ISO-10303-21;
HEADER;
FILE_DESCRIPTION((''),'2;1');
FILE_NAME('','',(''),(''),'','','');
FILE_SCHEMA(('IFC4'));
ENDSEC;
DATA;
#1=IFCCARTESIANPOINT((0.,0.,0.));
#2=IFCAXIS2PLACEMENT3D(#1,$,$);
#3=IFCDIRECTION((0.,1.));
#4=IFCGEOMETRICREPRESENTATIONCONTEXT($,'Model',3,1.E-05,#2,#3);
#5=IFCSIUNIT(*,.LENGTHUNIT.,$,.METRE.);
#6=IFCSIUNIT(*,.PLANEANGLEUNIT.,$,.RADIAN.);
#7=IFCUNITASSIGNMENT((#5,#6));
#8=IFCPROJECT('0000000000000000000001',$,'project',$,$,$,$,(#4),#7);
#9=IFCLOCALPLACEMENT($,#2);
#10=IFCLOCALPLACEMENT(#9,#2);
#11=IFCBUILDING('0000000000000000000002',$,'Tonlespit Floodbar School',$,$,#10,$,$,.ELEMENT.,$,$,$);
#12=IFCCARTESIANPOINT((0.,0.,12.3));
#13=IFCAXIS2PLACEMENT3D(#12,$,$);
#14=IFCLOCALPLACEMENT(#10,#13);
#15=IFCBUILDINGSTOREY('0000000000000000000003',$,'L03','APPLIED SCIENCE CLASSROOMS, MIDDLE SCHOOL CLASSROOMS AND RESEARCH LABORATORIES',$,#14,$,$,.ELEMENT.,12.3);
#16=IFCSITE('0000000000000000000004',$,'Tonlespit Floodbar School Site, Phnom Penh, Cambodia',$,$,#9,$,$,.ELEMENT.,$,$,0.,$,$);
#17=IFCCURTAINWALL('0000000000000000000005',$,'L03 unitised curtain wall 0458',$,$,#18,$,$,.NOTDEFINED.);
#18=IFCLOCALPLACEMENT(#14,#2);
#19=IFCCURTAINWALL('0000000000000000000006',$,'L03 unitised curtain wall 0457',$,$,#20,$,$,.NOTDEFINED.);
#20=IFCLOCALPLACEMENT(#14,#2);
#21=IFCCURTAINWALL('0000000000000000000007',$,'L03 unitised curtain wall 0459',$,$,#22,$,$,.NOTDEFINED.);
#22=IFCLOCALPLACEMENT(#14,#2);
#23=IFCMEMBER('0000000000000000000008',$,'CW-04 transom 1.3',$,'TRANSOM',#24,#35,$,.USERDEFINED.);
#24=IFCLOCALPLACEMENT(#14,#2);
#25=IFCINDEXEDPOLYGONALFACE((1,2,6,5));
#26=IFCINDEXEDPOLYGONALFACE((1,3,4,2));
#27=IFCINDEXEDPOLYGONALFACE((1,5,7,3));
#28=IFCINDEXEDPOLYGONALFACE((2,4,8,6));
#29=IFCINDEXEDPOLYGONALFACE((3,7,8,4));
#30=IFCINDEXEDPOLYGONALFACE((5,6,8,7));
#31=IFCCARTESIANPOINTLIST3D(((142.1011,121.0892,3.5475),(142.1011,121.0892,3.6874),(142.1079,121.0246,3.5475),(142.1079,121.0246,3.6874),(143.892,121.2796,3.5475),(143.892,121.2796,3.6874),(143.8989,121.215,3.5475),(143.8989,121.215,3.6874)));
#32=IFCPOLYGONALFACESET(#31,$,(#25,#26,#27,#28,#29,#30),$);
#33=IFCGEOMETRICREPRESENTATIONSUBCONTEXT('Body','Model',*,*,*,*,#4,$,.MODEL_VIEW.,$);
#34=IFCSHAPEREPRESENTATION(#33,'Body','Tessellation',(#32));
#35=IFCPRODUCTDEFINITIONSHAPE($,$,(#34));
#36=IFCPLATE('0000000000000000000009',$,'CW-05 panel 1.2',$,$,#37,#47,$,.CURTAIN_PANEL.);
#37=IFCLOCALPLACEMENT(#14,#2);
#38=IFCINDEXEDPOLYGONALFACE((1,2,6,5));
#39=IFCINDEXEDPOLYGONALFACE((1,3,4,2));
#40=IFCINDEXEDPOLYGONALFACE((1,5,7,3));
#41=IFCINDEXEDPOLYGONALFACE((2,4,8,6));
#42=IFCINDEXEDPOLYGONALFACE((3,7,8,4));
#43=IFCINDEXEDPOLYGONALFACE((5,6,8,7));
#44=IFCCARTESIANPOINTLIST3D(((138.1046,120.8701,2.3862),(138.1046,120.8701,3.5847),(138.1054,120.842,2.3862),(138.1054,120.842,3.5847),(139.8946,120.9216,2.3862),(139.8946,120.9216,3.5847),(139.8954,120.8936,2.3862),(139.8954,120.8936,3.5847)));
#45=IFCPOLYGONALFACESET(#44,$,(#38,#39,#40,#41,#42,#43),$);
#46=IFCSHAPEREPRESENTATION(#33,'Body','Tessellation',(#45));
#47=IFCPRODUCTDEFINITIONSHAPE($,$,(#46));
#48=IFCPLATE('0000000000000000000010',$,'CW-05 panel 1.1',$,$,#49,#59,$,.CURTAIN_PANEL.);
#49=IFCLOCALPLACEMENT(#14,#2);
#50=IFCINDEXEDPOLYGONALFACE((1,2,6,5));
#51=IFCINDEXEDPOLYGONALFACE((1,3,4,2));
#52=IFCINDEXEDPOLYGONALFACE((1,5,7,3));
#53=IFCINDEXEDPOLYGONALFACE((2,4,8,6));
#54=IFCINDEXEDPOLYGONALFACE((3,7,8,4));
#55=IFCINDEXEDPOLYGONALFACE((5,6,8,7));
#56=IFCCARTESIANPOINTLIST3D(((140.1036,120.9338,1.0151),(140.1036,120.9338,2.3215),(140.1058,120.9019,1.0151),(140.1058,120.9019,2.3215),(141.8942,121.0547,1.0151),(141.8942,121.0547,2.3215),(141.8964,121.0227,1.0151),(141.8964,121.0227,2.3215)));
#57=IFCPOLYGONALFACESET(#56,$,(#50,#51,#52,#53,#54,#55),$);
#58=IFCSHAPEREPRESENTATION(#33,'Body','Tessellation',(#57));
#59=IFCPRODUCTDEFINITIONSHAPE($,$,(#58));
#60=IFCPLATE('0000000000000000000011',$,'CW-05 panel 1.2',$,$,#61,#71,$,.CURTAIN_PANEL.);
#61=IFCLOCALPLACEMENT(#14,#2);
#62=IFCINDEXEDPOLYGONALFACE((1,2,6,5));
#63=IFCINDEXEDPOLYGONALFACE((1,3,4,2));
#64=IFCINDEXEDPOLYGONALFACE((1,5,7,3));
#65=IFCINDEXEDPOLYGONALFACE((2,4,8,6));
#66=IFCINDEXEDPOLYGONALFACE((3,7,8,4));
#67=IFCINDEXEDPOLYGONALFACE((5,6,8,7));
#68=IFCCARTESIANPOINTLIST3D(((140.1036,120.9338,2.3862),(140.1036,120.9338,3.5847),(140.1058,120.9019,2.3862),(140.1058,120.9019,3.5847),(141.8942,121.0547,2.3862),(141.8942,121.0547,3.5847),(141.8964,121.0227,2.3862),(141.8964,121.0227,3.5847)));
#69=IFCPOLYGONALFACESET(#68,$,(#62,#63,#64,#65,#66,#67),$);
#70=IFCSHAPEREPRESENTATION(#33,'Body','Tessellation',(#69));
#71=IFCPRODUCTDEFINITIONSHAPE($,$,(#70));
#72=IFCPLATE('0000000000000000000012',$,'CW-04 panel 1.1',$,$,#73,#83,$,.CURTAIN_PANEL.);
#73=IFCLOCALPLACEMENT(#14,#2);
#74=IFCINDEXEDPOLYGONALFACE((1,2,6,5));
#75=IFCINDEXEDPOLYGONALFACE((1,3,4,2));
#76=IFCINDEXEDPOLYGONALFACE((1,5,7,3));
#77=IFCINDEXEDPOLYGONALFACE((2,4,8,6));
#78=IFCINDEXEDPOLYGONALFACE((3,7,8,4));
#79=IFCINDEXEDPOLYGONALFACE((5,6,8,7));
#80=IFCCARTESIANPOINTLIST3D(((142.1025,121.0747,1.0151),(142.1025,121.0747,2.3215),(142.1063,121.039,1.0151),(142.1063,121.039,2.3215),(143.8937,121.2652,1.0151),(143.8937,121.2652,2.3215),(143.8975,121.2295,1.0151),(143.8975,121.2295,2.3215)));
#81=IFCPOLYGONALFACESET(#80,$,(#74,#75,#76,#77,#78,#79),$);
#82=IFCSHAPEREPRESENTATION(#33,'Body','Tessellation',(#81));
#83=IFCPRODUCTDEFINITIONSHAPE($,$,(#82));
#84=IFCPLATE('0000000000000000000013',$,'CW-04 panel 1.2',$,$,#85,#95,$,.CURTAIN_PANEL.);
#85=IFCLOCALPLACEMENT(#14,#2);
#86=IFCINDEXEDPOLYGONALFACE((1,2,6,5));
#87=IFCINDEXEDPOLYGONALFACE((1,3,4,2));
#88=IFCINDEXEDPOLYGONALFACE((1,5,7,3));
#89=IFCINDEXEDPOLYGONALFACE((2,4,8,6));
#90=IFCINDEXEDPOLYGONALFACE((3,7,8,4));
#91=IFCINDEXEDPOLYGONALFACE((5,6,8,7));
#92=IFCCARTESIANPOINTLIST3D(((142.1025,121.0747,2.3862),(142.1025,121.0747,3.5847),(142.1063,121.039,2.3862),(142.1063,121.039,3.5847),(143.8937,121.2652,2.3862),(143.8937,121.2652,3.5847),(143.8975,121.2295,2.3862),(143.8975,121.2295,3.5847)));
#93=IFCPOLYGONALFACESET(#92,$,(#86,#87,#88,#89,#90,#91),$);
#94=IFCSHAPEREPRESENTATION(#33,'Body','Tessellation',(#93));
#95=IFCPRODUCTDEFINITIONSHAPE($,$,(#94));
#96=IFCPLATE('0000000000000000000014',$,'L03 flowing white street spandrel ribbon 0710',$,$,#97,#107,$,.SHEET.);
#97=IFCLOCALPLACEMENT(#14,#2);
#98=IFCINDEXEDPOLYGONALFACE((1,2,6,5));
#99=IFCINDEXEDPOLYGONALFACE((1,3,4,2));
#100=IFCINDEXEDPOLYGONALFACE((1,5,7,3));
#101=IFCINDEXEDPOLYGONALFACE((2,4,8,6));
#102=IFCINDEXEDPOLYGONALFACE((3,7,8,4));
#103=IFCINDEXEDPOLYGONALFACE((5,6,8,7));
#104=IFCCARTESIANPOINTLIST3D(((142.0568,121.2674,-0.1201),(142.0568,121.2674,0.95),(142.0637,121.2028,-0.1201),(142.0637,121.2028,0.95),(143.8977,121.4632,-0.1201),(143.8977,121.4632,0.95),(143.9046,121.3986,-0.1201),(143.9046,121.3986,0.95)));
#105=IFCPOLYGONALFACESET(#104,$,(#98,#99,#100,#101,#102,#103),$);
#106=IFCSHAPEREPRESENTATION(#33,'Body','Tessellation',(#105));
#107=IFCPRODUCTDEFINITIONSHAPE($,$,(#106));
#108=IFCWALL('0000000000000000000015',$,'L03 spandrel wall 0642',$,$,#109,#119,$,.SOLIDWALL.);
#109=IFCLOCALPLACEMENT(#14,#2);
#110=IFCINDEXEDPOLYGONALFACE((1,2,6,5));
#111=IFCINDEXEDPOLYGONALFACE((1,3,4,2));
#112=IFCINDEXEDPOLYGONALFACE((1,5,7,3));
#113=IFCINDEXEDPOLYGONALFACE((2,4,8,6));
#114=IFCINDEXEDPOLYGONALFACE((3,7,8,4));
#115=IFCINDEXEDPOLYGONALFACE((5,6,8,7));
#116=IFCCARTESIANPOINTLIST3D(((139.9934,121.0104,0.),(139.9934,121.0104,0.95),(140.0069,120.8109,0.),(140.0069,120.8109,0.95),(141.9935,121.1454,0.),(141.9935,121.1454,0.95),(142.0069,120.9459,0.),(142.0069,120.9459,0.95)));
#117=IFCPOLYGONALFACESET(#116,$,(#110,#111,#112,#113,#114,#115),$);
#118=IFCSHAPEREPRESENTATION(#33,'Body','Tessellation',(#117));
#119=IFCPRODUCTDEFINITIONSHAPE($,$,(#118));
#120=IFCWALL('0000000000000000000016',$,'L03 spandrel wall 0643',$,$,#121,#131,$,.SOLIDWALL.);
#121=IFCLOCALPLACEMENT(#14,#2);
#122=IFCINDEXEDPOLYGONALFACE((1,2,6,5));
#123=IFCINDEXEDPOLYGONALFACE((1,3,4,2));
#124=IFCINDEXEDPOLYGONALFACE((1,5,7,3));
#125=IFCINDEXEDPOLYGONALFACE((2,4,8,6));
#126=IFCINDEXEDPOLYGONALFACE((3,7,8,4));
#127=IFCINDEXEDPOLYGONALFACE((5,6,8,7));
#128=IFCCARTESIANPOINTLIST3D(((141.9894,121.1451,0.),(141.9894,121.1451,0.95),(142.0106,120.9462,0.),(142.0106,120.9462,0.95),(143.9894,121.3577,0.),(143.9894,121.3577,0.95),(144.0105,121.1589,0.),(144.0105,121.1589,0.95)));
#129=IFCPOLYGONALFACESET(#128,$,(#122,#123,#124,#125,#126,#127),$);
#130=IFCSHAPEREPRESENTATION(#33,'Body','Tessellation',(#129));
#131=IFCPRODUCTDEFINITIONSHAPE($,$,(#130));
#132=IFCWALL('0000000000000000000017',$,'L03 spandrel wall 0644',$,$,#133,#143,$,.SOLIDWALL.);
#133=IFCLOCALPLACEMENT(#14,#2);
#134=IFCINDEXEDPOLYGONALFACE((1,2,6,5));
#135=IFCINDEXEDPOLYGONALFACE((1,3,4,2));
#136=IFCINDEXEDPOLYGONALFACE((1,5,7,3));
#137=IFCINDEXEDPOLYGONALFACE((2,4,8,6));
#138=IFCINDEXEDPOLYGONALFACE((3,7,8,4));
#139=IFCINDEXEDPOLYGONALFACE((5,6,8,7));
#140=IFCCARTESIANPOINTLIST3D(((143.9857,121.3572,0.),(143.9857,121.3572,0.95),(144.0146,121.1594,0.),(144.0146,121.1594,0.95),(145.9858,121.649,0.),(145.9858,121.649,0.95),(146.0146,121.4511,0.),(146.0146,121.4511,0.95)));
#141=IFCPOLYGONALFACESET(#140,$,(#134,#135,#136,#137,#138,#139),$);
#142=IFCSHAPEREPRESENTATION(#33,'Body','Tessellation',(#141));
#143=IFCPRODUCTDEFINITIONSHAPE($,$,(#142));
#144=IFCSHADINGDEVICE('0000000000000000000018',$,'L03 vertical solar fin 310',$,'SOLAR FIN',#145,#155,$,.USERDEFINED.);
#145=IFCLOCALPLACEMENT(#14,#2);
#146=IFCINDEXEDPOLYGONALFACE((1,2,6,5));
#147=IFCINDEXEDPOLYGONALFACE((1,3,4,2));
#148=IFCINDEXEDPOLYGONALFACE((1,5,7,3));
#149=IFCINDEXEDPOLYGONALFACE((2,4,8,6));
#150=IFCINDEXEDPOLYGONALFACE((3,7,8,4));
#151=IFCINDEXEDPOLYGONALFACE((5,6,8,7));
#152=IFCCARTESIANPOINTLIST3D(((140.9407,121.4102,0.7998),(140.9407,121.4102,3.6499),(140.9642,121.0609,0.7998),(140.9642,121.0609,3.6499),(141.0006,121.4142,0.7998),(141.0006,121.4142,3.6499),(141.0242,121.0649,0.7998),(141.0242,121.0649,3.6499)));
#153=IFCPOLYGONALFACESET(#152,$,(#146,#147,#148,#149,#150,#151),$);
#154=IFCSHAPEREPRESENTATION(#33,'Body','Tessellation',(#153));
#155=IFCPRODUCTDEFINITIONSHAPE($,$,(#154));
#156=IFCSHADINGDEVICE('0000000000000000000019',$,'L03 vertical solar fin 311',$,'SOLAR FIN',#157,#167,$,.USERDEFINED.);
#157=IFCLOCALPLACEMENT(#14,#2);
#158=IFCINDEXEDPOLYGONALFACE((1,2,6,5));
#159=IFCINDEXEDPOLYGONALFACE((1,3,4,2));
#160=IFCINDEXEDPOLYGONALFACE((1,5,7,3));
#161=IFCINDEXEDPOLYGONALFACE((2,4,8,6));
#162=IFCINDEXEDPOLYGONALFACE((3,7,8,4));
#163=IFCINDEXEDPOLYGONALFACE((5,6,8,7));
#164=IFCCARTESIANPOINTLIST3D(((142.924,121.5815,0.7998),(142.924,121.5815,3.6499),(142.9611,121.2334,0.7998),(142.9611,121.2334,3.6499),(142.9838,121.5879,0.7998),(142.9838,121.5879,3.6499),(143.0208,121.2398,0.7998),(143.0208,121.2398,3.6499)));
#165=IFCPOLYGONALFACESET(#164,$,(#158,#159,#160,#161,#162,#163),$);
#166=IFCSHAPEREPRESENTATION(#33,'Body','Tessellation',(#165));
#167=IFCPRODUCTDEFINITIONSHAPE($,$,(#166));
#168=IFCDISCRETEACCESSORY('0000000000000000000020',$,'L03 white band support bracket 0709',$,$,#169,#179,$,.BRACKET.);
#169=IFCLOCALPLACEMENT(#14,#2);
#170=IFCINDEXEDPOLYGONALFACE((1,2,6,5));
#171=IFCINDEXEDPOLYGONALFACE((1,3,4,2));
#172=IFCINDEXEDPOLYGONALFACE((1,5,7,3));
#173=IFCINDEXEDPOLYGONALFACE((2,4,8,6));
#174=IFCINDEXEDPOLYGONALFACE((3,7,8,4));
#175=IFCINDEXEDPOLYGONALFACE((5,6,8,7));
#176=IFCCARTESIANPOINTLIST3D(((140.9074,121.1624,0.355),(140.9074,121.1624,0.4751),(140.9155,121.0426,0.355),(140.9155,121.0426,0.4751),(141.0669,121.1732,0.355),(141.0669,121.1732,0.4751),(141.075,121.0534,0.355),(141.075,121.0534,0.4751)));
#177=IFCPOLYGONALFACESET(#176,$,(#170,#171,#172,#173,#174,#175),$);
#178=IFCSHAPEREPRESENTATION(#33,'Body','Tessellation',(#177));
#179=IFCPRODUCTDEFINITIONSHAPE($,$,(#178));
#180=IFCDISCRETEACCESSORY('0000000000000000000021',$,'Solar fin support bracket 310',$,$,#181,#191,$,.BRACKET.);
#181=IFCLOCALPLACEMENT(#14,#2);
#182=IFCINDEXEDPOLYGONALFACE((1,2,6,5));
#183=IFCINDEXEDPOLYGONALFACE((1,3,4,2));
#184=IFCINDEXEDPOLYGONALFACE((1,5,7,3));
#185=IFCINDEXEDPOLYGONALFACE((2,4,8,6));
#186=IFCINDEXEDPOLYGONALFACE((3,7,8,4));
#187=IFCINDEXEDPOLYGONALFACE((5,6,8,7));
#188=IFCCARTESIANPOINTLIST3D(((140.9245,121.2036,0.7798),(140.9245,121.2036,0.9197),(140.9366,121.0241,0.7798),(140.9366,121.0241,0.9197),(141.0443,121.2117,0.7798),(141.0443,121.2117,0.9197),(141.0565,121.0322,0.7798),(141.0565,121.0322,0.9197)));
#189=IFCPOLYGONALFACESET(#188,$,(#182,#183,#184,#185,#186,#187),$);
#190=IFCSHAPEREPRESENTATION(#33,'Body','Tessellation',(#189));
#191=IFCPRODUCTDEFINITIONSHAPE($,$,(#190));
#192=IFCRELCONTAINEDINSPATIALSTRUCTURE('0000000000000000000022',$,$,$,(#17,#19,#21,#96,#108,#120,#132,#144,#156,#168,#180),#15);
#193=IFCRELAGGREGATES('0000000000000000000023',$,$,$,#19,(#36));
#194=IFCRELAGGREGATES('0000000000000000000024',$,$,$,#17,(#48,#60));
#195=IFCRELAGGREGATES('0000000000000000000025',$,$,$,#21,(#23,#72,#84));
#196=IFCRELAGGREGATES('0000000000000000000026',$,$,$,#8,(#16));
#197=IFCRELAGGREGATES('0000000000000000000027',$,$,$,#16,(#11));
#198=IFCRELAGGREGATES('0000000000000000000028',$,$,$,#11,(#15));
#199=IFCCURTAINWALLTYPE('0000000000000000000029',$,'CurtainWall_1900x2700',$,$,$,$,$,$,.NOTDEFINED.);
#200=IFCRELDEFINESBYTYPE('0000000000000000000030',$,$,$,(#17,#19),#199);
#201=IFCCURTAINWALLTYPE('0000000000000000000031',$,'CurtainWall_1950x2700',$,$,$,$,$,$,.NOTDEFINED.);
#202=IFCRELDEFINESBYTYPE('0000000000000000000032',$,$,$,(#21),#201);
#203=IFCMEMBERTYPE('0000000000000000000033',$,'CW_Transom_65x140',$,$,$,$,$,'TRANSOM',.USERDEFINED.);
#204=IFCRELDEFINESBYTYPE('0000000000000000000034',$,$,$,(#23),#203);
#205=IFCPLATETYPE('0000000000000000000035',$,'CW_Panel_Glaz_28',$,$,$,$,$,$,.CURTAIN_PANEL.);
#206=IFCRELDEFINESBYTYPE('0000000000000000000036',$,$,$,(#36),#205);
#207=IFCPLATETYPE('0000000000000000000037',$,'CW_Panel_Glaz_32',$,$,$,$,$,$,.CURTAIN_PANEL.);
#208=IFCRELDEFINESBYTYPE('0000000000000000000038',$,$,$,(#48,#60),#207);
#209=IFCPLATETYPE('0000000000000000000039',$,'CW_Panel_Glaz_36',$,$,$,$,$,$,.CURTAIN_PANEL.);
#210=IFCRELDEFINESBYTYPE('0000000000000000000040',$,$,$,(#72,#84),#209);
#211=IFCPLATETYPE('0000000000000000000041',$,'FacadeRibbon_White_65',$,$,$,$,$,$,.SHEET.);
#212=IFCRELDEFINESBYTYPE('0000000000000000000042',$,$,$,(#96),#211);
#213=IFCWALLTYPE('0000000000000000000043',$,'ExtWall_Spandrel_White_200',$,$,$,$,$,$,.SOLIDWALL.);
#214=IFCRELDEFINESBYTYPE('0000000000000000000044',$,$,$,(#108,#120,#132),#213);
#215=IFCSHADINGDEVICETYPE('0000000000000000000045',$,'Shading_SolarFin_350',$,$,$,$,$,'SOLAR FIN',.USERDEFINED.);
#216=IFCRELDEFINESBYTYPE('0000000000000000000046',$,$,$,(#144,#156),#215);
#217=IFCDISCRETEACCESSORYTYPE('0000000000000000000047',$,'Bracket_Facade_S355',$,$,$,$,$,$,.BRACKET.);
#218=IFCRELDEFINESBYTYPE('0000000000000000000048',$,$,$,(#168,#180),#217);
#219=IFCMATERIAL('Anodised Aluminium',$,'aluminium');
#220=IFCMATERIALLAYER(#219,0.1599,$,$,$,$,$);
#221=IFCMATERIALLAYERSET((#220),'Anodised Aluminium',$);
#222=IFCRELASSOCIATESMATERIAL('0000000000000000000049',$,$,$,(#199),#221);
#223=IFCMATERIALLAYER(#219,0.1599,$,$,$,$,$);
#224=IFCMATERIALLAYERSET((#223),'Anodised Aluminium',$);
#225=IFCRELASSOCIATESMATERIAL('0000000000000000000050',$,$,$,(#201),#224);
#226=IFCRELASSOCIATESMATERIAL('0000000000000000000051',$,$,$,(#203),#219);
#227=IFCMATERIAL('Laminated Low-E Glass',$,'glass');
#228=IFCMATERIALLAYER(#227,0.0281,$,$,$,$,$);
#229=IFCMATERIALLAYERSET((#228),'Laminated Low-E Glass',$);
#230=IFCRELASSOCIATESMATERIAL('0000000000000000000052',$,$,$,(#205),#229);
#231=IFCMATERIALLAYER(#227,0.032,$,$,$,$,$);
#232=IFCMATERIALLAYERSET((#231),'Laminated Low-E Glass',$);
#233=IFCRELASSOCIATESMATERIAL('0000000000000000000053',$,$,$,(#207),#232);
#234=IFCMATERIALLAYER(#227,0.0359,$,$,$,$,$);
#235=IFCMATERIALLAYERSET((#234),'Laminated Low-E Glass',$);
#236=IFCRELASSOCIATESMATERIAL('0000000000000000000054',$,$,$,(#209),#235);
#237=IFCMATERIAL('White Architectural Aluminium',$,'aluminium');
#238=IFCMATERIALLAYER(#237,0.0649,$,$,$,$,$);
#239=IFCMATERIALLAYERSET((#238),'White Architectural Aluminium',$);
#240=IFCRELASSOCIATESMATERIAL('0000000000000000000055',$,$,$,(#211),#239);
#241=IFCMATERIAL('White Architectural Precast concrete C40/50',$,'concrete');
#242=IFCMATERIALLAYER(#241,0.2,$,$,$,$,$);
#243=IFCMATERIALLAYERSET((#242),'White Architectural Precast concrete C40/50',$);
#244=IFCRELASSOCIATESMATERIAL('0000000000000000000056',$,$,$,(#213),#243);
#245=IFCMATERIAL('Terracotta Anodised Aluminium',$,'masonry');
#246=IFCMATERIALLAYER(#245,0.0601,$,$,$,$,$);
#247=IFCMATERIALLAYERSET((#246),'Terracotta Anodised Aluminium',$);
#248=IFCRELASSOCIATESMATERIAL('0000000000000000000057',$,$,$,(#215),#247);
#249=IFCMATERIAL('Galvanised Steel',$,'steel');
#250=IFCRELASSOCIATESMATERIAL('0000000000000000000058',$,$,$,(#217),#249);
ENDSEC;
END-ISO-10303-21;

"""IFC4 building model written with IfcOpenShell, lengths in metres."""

from ifc_helpers import new_model, si_unit, direction, frame, frame_2d, origin, origin_2d, place, context, subcontext, project, spatial, rectangle, extrude, material, layer, layer_set, material_profile, profile_set, type_object, element, aggregate, save


model = new_model("IFC4")

# Units and contexts
model_context = context("Model", 3, precision=1e-05, world=origin(), true_north=direction((0.0, 1.0)))
body_context = subcontext(model_context, "Body", "Model", "MODEL_VIEW")
ifc_project = project(units=[si_unit("LENGTHUNIT", "METRE"), si_unit("PLANEANGLEUNIT", "RADIAN")], contexts=[model_context])

# Site, building, storey
site_placement = place(None, origin())
site = spatial("IfcSite", under=ifc_project, at=site_placement, Name="Tonlespit Floodbar School Site, Phnom Penh, Cambodia", CompositionType="ELEMENT", RefElevation=0.0)
building_placement = place(site_placement, origin())
building = spatial("IfcBuilding", under=site, at=building_placement, Name="Tonlespit Floodbar School", CompositionType="ELEMENT")
storey_placement = place(building_placement, frame((0.0, 0.0, 12.3)))
storey = spatial("IfcBuildingStorey", under=building, at=storey_placement, Name="L03", Description="APPLIED SCIENCE CLASSROOMS, MIDDLE SCHOOL CLASSROOMS AND RESEARCH LABORATORIES", CompositionType="ELEMENT", Elevation=12.3)

# Curtain wall
ifc_material_1 = material(Name="Anodised Aluminium", Category="aluminium")
ifc_layer_1 = layer(ifc_material_1, 0.1599)
ifc_layer_set_1 = layer_set([ifc_layer_1], Name="Anodised Aluminium")
curtain_wall_type_1 = type_object("IfcCurtainWallType", Name="CurtainWall_1900x2700", PredefinedType="NOTDEFINED", material=ifc_layer_set_1)
curtain_wall_1_placement = place(storey_placement, origin())
curtain_wall_1 = element("IfcCurtainWall", 1, at=curtain_wall_1_placement, inside=storey, type_object=curtain_wall_type_1, Name="L03 unitised curtain wall 0458", PredefinedType="NOTDEFINED")

# Curtain wall
ifc_layer_2 = layer(ifc_material_1, 0.1599)
ifc_layer_set_2 = layer_set([ifc_layer_2], Name="Anodised Aluminium")
curtain_wall_type_2 = type_object("IfcCurtainWallType", Name="CurtainWall_1950x2700", PredefinedType="NOTDEFINED", material=ifc_layer_set_2)
curtain_wall_2_placement = place(storey_placement, origin())
curtain_wall_2 = element("IfcCurtainWall", 2, at=curtain_wall_2_placement, inside=storey, type_object=curtain_wall_type_1, Name="L03 unitised curtain wall 0457", PredefinedType="NOTDEFINED")

# Curtain wall
curtain_wall_3_placement = place(storey_placement, origin())
curtain_wall_3 = element("IfcCurtainWall", 3, at=curtain_wall_3_placement, inside=storey, type_object=curtain_wall_type_2, Name="L03 unitised curtain wall 0459", PredefinedType="NOTDEFINED")

# Member
ifc_material_profile_1 = material_profile(ifc_material_1, rectangle(XDim=0.0649, YDim=0.1399, at=origin_2d()), Name="ALU T65x140")
ifc_profile_set_1 = profile_set([ifc_material_profile_1], Name="Anodised Aluminium")
member_type_1 = type_object("IfcMemberType", Name="CW_Transom_65x140", ElementType="TRANSOM", PredefinedType="USERDEFINED", material=ifc_profile_set_1)
member_1_placement = place(storey_placement, frame((142.1045, 121.0569, 3.6174), z_axis=(0.994395, 0.105729, 0.0), x_axis=(-0.105729, 0.994395, 0.0)))
member_1 = element("IfcMember", 4, at=member_1_placement, type_object=member_type_1, Name="CW-04 transom 1.3", ObjectType="TRANSOM", PredefinedType="USERDEFINED", context=body_context, shape_type="SweptSolid", body=[
    extrude(rectangle(XDim=0.0649, YDim=0.1399, at=origin_2d()), origin(), (0.0, 0.0, 1.0), 1.801),
])

# Plates
ifc_material_2 = material(Name="Laminated Low-E Glass", Category="glass")
ifc_layer_3 = layer(ifc_material_2, 0.0281)
ifc_layer_set_3 = layer_set([ifc_layer_3], Name="Laminated Low-E Glass")
plate_type_1 = type_object("IfcPlateType", Name="CW_Panel_Glaz_28", PredefinedType="CURTAIN_PANEL", material=ifc_layer_set_3)
plate_1_placement = place(storey_placement, frame((139.0, 120.8818, 2.3862), z_axis=(0.0, 0.0, 1.0), x_axis=(0.999585, 0.02879, 0.0)))
plate_1 = element("IfcPlate", 5, at=plate_1_placement, type_object=plate_type_1, Name="CW-05 panel 1.2", PredefinedType="CURTAIN_PANEL", context=body_context, shape_type="SweptSolid", body=[
    extrude(rectangle(XDim=1.7908, YDim=0.0281, at=origin_2d()), origin(), (0.0, 0.0, 1.0), 1.1985),
])
aggregate(curtain_wall_2, [plate_1])
ifc_layer_4 = layer(ifc_material_2, 0.032)
ifc_layer_set_4 = layer_set([ifc_layer_4], Name="Laminated Low-E Glass")
plate_type_2 = type_object("IfcPlateType", Name="CW_Panel_Glaz_32", PredefinedType="CURTAIN_PANEL", material=ifc_layer_set_4)
plate_2_placement = place(storey_placement, frame((141.0, 120.9783, 1.0151), z_axis=(0.0, 0.0, 1.0), x_axis=(0.99773, 0.06734, 0.0)))
plate_2 = element("IfcPlate", 6, at=plate_2_placement, type_object=plate_type_2, Name="CW-05 panel 1.1", PredefinedType="CURTAIN_PANEL", context=body_context, shape_type="SweptSolid", body=[
    extrude(rectangle(XDim=1.7947, YDim=0.032, at=origin_2d()), origin(), (0.0, 0.0, 1.0), 1.3064),
])
plate_3_placement = place(storey_placement, frame((141.0, 120.9783, 2.3862), z_axis=(0.0, 0.0, 1.0), x_axis=(0.99773, 0.06734, 0.0)))
plate_3 = element("IfcPlate", 7, at=plate_3_placement, type_object=plate_type_2, Name="CW-05 panel 1.2", PredefinedType="CURTAIN_PANEL", context=body_context, shape_type="SweptSolid", body=[
    extrude(rectangle(XDim=1.7947, YDim=0.032, at=origin_2d()), origin(), (0.0, 0.0, 1.0), 1.1985),
])
aggregate(curtain_wall_1, [plate_2, plate_3])
ifc_layer_5 = layer(ifc_material_2, 0.0359)
ifc_layer_set_5 = layer_set([ifc_layer_5], Name="Laminated Low-E Glass")
plate_type_3 = type_object("IfcPlateType", Name="CW_Panel_Glaz_36", PredefinedType="CURTAIN_PANEL", material=ifc_layer_set_5)
plate_4_placement = place(storey_placement, frame((143.0, 121.1521, 1.0151), z_axis=(0.0, 0.0, 1.0), x_axis=(0.994389, 0.105787, 0.0)))
plate_4 = element("IfcPlate", 8, at=plate_4_placement, type_object=plate_type_3, Name="CW-04 panel 1.1", PredefinedType="CURTAIN_PANEL", context=body_context, shape_type="SweptSolid", body=[
    extrude(rectangle(XDim=1.8013, YDim=0.0359, at=origin_2d()), origin(), (0.0, 0.0, 1.0), 1.3064),
])
plate_5_placement = place(storey_placement, frame((143.0, 121.1521, 2.3862), z_axis=(0.0, 0.0, 1.0), x_axis=(0.994389, 0.105787, 0.0)))
plate_5 = element("IfcPlate", 9, at=plate_5_placement, type_object=plate_type_3, Name="CW-04 panel 1.2", PredefinedType="CURTAIN_PANEL", context=body_context, shape_type="SweptSolid", body=[
    extrude(rectangle(XDim=1.8013, YDim=0.0359, at=origin_2d()), origin(), (0.0, 0.0, 1.0), 1.1985),
])
aggregate(curtain_wall_3, [member_1, plate_4, plate_5])
ifc_material_3 = material(Name="White Architectural Aluminium", Category="aluminium")
ifc_layer_6 = layer(ifc_material_3, 0.0649)
ifc_layer_set_6 = layer_set([ifc_layer_6], Name="White Architectural Aluminium")
plate_type_4 = type_object("IfcPlateType", Name="FacadeRibbon_White_65", PredefinedType="SHEET", material=ifc_layer_set_6)
plate_6_placement = place(storey_placement, frame((142.9807, 121.333, -0.1201), z_axis=(0.0, 0.0, 1.0), x_axis=(0.994392, 0.105754, 0.0)))
element("IfcPlate", 10, at=plate_6_placement, inside=storey, type_object=plate_type_4, Name="L03 flowing white street spandrel ribbon 0710", PredefinedType="SHEET", context=body_context, shape_type="SweptSolid", body=[
    extrude(rectangle(XDim=1.8513, YDim=0.0649, at=origin_2d()), origin(), (0.0, 0.0, 1.0), 1.0701),
])

# Walls
ifc_material_4 = material(Name="White Architectural Precast concrete C40/50", Category="concrete")
ifc_layer_7 = layer(ifc_material_4, 0.2)
ifc_layer_set_7 = layer_set([ifc_layer_7], Name="White Architectural Precast concrete C40/50")
wall_type = type_object("IfcWallType", Name="ExtWall_Spandrel_White_200", PredefinedType="SOLIDWALL", material=ifc_layer_set_7)
wall_1_placement = place(storey_placement, frame((140.0, 120.9106, 0.0), z_axis=(0.0, 0.0, 1.0), x_axis=(0.997729, 0.067352, 0.0)))
element("IfcWall", 11, at=wall_1_placement, inside=storey, type_object=wall_type, Name="L03 spandrel wall 0642", PredefinedType="SOLIDWALL", context=body_context, shape_type="SweptSolid", body=[
    extrude(rectangle(XDim=2.0046, YDim=0.2, at=frame_2d((1.0024, 0.0))), origin(), (0.0, 0.0, 1.0), 0.95),
])
wall_2_placement = place(storey_placement, frame((142.0, 121.0457, 0.0), z_axis=(0.0, 0.0, 1.0), x_axis=(0.994395, 0.105727, 0.0)))
element("IfcWall", 12, at=wall_2_placement, inside=storey, type_object=wall_type, Name="L03 spandrel wall 0643", PredefinedType="SOLIDWALL", context=body_context, shape_type="SweptSolid", body=[
    extrude(rectangle(XDim=2.0112, YDim=0.2, at=frame_2d((1.0056, 0.0))), origin(), (0.0, 0.0, 1.0), 0.95),
])
wall_3_placement = place(storey_placement, frame((144.0, 121.2583, 0.0), z_axis=(0.0, 0.0, 1.0), x_axis=(0.989527, 0.144346, 0.0)))
element("IfcWall", 13, at=wall_3_placement, inside=storey, type_object=wall_type, Name="L03 spandrel wall 0644", PredefinedType="SOLIDWALL", context=body_context, shape_type="SweptSolid", body=[
    extrude(rectangle(XDim=2.0212, YDim=0.2, at=frame_2d((1.0107, 0.0))), origin(), (0.0, 0.0, 1.0), 0.95),
])

# Shading devices
ifc_material_5 = material(Name="Terracotta Anodised Aluminium", Category="masonry")
ifc_layer_8 = layer(ifc_material_5, 0.0601)
ifc_layer_set_8 = layer_set([ifc_layer_8], Name="Terracotta Anodised Aluminium")
shading_device_type = type_object("IfcShadingDeviceType", Name="Shading_SolarFin_350", ElementType="SOLAR FIN", PredefinedType="USERDEFINED", material=ifc_layer_set_8)
for number, where, z_axis, x_axis, name in (
    (14, (140.9824, 121.2375, 0.7998), (0.0, 0.0, 1.0), (0.99773, 0.067347, 0.0), "L03 vertical solar fin 310"),
    (15, (142.9724, 121.4106, 0.7998), (0.0, 0.0, 1.0), (0.994392, 0.105754, 0.0), "L03 vertical solar fin 311"),
):
    element("IfcShadingDevice", number, at=place(storey_placement, frame(where, z_axis=z_axis, x_axis=x_axis)), inside=storey, type_object=shading_device_type, Name=name, ObjectType="SOLAR FIN", PredefinedType="USERDEFINED", context=body_context, shape_type="SweptSolid", body=[
        extrude(rectangle(XDim=0.0601, YDim=0.3501, at=origin_2d()), origin(), (0.0, 0.0, 1.0), 2.8501),
    ])

# Discrete accessories
ifc_material_6 = material(Name="Galvanised Steel", Category="steel")
discrete_accessory_type = type_object("IfcDiscreteAccessoryType", Name="Bracket_Facade_S355", PredefinedType="BRACKET", material=ifc_material_6)
discrete_accessory_1_placement = place(storey_placement, frame((140.9912, 121.1079, 0.355), z_axis=(0.0, 0.0, 1.0), x_axis=(0.99773, 0.067347, 0.0)))
element("IfcDiscreteAccessory", 16, at=discrete_accessory_1_placement, inside=storey, type_object=discrete_accessory_type, Name="L03 white band support bracket 0709", PredefinedType="BRACKET", context=body_context, shape_type="SweptSolid", body=[
    extrude(rectangle(XDim=0.1599, YDim=0.1201, at=origin_2d()), origin(), (0.0, 0.0, 1.0), 0.1201),
])
discrete_accessory_2_placement = place(storey_placement, frame((140.9905, 121.1179, 0.7798), z_axis=(0.0, 0.0, 1.0), x_axis=(0.99773, 0.067347, 0.0)))
element("IfcDiscreteAccessory", 17, at=discrete_accessory_2_placement, inside=storey, type_object=discrete_accessory_type, Name="Solar fin support bracket 310", PredefinedType="BRACKET", context=body_context, shape_type="SweptSolid", body=[
    extrude(rectangle(XDim=0.1201, YDim=0.1799, at=origin_2d()), origin(), (0.0, 0.0, 1.0), 0.1399),
])

save(model, "model.ifc")
